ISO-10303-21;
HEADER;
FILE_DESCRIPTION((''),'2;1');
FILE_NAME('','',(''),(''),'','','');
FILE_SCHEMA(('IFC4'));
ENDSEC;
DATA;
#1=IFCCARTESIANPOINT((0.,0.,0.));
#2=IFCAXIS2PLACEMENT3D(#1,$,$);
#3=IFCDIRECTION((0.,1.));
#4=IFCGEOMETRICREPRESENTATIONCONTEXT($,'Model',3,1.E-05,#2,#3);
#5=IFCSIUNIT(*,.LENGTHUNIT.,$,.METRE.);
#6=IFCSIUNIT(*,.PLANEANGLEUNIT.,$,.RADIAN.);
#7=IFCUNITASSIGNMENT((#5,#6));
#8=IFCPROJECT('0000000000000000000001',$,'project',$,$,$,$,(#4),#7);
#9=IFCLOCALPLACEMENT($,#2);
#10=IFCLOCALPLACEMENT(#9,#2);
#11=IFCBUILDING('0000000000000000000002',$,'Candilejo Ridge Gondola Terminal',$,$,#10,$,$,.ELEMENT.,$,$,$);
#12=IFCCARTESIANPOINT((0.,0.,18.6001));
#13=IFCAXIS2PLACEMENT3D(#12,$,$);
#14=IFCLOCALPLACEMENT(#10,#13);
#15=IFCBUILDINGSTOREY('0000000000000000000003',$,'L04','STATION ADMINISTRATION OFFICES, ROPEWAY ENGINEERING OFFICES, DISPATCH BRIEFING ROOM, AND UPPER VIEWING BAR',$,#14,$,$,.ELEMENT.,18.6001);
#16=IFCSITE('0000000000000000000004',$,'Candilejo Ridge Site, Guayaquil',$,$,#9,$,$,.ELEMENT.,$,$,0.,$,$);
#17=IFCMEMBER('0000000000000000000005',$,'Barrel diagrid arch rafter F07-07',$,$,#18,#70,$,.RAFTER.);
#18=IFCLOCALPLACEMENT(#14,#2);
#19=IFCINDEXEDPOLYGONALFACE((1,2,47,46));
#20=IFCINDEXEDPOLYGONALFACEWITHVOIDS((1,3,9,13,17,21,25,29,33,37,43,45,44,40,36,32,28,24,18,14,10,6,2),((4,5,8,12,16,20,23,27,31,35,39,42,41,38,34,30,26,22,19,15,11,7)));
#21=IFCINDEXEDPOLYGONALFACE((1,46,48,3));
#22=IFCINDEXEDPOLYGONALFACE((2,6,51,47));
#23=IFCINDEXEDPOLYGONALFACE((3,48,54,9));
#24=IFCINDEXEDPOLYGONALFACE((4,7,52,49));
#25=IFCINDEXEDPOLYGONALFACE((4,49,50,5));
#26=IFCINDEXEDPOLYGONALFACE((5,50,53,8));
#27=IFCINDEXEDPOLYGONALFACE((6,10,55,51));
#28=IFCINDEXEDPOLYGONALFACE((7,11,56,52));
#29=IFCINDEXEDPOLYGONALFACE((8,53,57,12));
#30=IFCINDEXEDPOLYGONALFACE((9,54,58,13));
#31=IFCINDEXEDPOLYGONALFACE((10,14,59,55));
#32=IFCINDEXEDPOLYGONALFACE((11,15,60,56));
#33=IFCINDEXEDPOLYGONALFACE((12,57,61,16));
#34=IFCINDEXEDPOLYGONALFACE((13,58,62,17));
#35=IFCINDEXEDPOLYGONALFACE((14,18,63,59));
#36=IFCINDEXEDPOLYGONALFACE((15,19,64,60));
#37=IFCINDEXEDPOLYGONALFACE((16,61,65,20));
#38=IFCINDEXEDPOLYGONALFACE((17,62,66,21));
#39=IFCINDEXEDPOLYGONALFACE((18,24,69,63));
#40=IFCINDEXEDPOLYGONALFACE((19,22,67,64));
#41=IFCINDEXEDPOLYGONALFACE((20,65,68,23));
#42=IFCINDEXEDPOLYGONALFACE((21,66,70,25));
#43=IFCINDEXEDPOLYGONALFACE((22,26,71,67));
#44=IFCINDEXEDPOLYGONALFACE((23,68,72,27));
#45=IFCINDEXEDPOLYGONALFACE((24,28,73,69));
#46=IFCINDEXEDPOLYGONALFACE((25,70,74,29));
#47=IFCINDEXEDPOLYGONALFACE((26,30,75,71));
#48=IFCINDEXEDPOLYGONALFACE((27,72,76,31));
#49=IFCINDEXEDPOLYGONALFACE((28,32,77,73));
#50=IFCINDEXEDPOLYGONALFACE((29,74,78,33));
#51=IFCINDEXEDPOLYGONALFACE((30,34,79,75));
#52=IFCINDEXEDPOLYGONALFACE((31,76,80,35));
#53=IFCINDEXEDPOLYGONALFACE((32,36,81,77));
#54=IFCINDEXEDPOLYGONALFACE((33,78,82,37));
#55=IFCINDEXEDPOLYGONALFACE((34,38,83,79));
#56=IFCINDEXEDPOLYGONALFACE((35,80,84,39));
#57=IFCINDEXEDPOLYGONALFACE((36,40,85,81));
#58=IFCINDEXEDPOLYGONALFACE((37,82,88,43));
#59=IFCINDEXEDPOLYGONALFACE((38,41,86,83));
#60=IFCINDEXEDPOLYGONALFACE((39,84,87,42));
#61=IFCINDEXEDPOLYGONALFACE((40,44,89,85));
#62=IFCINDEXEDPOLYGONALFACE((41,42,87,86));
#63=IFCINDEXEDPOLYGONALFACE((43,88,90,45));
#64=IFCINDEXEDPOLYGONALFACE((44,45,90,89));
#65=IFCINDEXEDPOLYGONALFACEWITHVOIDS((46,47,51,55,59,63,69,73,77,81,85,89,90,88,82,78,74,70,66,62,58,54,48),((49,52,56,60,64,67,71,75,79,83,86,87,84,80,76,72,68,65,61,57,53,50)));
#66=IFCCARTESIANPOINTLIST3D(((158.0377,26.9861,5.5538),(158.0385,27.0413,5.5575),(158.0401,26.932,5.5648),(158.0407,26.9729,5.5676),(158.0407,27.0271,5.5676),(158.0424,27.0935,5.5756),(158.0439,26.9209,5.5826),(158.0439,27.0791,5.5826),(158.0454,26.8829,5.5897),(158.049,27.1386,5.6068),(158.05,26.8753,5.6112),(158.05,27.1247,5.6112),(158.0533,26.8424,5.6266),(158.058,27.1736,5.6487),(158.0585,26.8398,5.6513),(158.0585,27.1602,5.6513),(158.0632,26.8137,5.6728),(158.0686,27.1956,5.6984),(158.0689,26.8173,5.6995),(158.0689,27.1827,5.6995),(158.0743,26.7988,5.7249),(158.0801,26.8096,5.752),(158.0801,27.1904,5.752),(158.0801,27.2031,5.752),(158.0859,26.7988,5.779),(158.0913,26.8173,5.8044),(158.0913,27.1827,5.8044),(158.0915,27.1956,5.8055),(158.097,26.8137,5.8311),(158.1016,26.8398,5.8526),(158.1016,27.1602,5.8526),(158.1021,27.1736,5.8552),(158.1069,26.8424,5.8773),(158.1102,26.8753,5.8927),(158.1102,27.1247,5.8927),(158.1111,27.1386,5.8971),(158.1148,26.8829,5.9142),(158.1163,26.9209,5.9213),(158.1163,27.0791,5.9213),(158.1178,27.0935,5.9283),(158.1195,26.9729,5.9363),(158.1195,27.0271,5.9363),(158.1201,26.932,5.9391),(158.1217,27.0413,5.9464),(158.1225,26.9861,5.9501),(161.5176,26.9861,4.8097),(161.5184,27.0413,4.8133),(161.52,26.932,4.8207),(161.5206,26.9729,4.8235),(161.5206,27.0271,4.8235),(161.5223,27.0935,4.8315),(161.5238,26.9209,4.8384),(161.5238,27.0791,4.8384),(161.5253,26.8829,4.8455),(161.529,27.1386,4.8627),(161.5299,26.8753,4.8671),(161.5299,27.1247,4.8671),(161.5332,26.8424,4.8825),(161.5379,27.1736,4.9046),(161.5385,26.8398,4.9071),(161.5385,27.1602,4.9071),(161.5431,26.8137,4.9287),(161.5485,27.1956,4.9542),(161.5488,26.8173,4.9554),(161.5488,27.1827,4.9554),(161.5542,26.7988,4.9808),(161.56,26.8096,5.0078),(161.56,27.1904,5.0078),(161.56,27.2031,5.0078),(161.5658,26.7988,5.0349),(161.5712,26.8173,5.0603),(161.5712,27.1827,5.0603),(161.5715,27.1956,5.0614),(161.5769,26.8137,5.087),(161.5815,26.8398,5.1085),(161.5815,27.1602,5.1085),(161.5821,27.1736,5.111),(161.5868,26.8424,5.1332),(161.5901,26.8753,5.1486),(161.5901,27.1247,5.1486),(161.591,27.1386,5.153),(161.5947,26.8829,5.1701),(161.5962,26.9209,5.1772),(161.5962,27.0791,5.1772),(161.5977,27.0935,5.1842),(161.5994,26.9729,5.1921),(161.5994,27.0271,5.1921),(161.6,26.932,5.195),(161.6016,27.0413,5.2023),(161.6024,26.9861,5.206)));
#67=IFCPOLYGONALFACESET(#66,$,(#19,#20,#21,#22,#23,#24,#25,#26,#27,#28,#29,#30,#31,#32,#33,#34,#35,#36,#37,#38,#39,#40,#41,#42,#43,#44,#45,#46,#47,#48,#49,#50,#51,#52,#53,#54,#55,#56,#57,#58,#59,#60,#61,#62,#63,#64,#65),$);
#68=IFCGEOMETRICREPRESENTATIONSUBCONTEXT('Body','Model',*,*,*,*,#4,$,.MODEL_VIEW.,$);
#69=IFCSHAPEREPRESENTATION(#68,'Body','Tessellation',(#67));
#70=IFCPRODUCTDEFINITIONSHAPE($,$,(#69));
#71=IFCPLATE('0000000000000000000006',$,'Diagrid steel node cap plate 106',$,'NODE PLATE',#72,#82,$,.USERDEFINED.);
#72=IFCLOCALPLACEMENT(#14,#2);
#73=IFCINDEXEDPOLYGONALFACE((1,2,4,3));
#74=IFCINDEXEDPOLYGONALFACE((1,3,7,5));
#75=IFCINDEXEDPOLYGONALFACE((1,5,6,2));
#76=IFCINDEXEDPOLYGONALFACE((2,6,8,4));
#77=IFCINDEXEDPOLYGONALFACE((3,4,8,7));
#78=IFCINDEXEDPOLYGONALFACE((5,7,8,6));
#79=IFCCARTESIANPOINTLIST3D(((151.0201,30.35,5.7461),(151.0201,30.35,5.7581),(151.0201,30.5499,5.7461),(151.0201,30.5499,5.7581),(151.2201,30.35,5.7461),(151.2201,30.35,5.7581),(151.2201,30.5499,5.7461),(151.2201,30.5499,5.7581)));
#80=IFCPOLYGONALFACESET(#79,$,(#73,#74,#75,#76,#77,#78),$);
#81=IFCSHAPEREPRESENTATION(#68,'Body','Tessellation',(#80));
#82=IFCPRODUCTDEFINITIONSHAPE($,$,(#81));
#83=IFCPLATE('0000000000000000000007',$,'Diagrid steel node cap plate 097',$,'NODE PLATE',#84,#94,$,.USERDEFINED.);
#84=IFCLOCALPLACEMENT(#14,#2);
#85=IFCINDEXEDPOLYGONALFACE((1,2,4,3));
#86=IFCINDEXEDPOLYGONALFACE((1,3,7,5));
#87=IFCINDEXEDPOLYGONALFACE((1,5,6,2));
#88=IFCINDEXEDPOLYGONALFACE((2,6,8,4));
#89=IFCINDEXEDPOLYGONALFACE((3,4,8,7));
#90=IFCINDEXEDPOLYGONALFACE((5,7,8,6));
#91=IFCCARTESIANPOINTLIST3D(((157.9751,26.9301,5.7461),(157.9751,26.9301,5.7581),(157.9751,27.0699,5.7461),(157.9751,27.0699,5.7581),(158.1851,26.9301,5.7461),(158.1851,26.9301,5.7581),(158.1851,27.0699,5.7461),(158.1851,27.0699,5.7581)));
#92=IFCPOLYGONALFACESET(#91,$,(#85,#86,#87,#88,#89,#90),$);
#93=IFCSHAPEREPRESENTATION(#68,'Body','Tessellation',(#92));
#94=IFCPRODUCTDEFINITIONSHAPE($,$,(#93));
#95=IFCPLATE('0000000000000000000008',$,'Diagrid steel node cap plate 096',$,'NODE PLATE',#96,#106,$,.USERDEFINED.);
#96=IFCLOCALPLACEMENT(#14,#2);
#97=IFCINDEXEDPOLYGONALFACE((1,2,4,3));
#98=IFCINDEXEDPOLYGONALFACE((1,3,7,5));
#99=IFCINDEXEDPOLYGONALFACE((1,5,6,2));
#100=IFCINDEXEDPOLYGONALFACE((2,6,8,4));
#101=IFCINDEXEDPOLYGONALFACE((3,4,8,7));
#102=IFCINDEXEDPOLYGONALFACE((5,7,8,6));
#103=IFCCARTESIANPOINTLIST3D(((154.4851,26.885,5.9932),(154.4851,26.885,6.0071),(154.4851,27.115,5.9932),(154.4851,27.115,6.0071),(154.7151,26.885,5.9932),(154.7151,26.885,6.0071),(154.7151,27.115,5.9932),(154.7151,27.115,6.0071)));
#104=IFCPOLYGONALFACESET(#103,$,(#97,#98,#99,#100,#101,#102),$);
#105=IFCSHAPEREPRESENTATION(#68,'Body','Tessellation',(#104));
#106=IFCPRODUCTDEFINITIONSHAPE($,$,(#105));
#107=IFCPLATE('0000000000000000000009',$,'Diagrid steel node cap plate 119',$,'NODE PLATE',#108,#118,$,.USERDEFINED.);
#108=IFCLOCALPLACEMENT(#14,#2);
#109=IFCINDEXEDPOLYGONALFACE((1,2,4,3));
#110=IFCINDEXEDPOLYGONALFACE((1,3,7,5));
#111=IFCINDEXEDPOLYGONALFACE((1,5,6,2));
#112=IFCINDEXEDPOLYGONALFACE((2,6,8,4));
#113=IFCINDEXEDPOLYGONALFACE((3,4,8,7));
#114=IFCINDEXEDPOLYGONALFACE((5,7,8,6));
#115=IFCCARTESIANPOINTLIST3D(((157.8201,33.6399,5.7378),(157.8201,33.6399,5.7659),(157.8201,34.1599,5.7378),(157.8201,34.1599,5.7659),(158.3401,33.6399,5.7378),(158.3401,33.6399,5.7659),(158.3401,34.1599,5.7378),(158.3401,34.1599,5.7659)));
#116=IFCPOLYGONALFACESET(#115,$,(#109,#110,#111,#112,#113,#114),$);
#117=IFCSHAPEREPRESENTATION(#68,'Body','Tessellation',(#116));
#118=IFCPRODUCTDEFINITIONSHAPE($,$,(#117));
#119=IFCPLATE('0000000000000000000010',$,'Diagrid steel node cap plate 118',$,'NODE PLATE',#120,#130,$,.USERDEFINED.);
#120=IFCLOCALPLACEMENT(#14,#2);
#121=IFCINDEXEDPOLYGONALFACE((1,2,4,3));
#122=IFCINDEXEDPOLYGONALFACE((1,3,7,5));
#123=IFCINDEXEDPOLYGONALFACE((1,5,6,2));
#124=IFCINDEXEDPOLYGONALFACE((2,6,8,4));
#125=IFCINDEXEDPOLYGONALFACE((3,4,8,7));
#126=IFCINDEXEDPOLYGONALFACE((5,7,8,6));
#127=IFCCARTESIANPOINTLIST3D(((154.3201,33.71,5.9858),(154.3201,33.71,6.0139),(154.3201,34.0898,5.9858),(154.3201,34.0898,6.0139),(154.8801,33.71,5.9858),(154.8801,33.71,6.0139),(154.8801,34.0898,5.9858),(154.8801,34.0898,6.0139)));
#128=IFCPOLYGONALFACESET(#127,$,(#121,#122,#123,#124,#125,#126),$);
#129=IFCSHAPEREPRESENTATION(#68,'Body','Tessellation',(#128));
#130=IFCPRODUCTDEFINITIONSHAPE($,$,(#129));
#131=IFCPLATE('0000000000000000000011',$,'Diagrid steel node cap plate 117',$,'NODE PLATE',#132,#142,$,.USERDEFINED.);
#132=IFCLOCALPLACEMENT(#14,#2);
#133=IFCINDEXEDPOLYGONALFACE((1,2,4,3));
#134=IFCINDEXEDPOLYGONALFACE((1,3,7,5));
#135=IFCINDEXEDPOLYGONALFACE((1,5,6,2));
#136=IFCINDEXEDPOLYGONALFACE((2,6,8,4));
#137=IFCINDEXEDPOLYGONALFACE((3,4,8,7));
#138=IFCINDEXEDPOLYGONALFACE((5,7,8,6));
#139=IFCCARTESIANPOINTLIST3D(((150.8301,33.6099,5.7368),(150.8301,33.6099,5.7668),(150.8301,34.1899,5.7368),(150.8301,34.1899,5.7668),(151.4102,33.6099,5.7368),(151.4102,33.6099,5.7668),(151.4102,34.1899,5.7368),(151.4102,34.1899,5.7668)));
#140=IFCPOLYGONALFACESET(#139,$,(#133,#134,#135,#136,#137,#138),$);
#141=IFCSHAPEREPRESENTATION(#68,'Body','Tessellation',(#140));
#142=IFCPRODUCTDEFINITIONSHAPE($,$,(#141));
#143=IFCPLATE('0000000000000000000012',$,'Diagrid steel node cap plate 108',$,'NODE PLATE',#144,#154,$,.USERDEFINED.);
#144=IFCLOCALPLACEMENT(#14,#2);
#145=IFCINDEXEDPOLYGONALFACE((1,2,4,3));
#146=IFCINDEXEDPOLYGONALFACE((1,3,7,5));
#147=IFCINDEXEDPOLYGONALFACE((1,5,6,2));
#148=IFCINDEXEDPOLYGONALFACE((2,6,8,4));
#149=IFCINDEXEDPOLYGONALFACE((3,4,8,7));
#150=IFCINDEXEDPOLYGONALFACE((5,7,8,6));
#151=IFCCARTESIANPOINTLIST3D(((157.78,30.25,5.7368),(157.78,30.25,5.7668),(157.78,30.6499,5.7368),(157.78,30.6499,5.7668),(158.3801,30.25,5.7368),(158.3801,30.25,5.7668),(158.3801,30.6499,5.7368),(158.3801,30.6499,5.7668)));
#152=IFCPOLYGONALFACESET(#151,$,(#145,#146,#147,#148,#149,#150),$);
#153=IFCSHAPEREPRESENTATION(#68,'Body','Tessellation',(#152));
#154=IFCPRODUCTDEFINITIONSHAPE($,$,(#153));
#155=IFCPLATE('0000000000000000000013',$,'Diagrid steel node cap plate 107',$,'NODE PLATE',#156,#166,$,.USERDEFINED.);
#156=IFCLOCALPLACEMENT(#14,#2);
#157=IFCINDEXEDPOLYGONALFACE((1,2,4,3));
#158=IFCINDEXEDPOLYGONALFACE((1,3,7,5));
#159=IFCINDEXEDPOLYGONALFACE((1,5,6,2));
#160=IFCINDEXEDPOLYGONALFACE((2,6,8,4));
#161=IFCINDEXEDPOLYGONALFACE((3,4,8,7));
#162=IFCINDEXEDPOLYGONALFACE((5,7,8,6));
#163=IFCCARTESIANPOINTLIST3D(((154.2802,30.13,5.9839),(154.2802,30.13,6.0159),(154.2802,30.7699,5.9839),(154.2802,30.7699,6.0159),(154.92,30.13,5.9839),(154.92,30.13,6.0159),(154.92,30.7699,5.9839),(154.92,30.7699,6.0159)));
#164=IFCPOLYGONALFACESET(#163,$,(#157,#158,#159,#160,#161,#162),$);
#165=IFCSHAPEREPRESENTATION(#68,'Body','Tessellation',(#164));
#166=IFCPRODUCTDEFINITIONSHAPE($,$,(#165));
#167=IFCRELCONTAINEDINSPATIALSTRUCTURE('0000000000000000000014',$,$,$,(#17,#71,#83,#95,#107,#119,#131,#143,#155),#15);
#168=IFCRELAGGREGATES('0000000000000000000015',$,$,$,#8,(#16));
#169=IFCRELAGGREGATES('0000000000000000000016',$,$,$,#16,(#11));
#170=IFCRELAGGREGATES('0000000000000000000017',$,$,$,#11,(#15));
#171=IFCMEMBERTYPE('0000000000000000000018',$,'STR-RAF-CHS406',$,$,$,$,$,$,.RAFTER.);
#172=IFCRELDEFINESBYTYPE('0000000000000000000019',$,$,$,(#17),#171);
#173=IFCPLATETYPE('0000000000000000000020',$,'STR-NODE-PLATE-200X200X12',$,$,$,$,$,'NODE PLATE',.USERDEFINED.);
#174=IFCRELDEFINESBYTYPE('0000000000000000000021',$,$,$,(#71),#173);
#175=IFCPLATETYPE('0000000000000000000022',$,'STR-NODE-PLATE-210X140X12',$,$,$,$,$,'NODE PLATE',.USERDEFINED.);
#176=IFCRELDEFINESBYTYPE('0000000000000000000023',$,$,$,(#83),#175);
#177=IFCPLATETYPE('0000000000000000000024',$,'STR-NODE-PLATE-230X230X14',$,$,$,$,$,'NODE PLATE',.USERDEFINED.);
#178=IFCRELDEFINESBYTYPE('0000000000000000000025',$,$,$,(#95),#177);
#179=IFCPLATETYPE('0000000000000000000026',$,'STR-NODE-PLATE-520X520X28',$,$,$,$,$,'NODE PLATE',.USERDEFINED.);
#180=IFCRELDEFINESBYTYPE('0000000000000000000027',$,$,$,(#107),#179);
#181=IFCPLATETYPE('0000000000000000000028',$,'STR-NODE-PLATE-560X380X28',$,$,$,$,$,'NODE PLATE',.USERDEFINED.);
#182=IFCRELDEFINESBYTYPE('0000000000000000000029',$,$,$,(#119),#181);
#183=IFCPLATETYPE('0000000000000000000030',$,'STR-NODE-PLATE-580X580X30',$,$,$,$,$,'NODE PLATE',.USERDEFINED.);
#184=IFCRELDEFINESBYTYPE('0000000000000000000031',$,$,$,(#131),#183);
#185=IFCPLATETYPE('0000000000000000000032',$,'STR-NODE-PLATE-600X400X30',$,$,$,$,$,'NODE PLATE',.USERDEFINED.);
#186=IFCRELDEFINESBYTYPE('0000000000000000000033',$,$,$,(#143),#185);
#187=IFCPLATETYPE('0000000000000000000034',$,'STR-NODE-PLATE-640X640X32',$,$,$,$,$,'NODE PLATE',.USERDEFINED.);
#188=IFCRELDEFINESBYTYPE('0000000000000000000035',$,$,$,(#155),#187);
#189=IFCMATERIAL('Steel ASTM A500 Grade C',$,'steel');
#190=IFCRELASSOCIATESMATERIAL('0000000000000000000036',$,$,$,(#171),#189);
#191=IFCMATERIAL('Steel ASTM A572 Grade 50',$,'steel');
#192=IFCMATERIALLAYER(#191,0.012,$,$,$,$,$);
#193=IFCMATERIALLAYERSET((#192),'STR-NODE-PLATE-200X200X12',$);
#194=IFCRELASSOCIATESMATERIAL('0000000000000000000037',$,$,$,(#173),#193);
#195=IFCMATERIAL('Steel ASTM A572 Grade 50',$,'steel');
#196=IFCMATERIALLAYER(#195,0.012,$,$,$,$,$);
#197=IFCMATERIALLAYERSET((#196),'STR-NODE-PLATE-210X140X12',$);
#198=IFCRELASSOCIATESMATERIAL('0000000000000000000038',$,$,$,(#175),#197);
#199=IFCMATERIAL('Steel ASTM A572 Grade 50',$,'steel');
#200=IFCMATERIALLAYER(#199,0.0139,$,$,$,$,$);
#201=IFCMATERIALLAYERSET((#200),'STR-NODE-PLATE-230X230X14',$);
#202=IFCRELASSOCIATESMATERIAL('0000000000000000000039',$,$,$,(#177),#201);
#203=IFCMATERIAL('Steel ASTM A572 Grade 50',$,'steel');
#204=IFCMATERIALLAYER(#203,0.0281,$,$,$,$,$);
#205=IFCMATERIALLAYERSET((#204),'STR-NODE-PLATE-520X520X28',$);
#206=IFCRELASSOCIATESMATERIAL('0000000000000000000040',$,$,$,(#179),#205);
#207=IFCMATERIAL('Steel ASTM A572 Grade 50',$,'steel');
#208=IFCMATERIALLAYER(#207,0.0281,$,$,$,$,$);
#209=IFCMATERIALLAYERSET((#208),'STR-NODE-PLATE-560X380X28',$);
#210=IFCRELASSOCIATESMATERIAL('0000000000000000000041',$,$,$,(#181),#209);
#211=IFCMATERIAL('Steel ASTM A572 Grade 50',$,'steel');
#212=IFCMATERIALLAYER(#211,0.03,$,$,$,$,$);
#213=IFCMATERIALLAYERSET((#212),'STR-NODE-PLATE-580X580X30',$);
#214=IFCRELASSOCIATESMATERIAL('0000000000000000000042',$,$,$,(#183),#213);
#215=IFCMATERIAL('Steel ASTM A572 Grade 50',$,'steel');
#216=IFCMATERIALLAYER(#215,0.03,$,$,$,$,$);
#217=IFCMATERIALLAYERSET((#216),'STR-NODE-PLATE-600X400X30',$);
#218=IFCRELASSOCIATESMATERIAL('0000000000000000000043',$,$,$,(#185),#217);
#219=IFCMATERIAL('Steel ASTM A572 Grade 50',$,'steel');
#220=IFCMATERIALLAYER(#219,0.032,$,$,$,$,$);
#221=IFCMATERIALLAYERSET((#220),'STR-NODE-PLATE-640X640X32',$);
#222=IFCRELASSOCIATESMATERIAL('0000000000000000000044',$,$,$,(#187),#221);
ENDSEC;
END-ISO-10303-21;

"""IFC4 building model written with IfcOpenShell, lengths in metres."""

from ifc_helpers import new_model, si_unit, direction, frame, origin, origin_2d, place, context, subcontext, project, spatial, rectangle, hollow_circle, extrude, material, layer, layer_set, material_profile, profile_set, type_object, element, save


model = new_model("IFC4")

# Units and contexts
model_context = context("Model", 3, precision=1e-05, world=origin(), true_north=direction((0.0, 1.0)))
body_context = subcontext(model_context, "Body", "Model", "MODEL_VIEW")
ifc_project = project(units=[si_unit("LENGTHUNIT", "METRE"), si_unit("PLANEANGLEUNIT", "RADIAN")], contexts=[model_context])

# Site, building, storey
site_placement = place(None, origin())
site = spatial("IfcSite", under=ifc_project, at=site_placement, Name="Candilejo Ridge Site, Guayaquil", CompositionType="ELEMENT", RefElevation=0.0)
building_placement = place(site_placement, origin())
building = spatial("IfcBuilding", under=site, at=building_placement, Name="Candilejo Ridge Gondola Terminal", CompositionType="ELEMENT")
storey_placement = place(building_placement, frame((0.0, 0.0, 18.6001)))
storey = spatial("IfcBuildingStorey", under=building, at=storey_placement, Name="L04", Description="STATION ADMINISTRATION OFFICES, ROPEWAY ENGINEERING OFFICES, DISPATCH BRIEFING ROOM, AND UPPER VIEWING BAR", CompositionType="ELEMENT", Elevation=18.6001)

# Member
ifc_material_1 = material(Name="Steel ASTM A500 Grade C", Category="steel")
ifc_material_profile_1 = material_profile(ifc_material_1, hollow_circle(Radius=0.2031, WallThickness=0.0127, at=origin_2d()))
ifc_profile_set_1 = profile_set([ifc_material_profile_1], Name="Steel ASTM A500 Grade C")
member_type_1 = type_object("IfcMemberType", Name="STR-RAF-CHS406", PredefinedType="RAFTER", material=ifc_profile_set_1)
member_1_placement = place(storey_placement, frame((158.0801, 27.0, 5.752), z_axis=(0.977893, 0.0, -0.209107), x_axis=(0.0, 1.0, 0.0)))
element("IfcMember", 1, at=member_1_placement, inside=storey, type_object=member_type_1, Name="Barrel diagrid arch rafter F07-07", PredefinedType="RAFTER", context=body_context, shape_type="SweptSolid", body=[
    extrude(hollow_circle(Radius=0.2031, WallThickness=0.0127, at=origin_2d()), origin(), (0.0, 0.0, 1.0), 3.5586),
])

# Plates
ifc_material_2 = material(Name="Steel ASTM A572 Grade 50", Category="steel")
ifc_layer_1 = layer(ifc_material_2, 0.012)
ifc_layer_set_1 = layer_set([ifc_layer_1], Name="STR-NODE-PLATE-200X200X12")
plate_type_1 = type_object("IfcPlateType", Name="STR-NODE-PLATE-200X200X12", ElementType="NODE PLATE", PredefinedType="USERDEFINED", material=ifc_layer_set_1)
plate_1_placement = place(storey_placement, frame((151.1201, 30.45, 5.7461), z_axis=(0.0, 0.0, 1.0), x_axis=(1.0, 0.0, 0.0)))
element("IfcPlate", 2, at=plate_1_placement, inside=storey, type_object=plate_type_1, Name="Diagrid steel node cap plate 106", ObjectType="NODE PLATE", PredefinedType="USERDEFINED", context=body_context, shape_type="SweptSolid", body=[
    extrude(rectangle(XDim=0.2, YDim=0.2, at=origin_2d()), origin(), (0.0, 0.0, 1.0), 0.012),
])
ifc_material_3 = material(Name="Steel ASTM A572 Grade 50", Category="steel")
ifc_layer_2 = layer(ifc_material_3, 0.012)
ifc_layer_set_2 = layer_set([ifc_layer_2], Name="STR-NODE-PLATE-210X140X12")
plate_type_2 = type_object("IfcPlateType", Name="STR-NODE-PLATE-210X140X12", ElementType="NODE PLATE", PredefinedType="USERDEFINED", material=ifc_layer_set_2)
plate_2_placement = place(storey_placement, frame((158.0801, 27.0, 5.7461), z_axis=(0.0, 0.0, 1.0), x_axis=(1.0, 0.0, 0.0)))
element("IfcPlate", 3, at=plate_2_placement, inside=storey, type_object=plate_type_2, Name="Diagrid steel node cap plate 097", ObjectType="NODE PLATE", PredefinedType="USERDEFINED", context=body_context, shape_type="SweptSolid", body=[
    extrude(rectangle(XDim=0.21, YDim=0.1399, at=origin_2d()), origin(), (0.0, 0.0, 1.0), 0.012),
])
ifc_material_4 = material(Name="Steel ASTM A572 Grade 50", Category="steel")
ifc_layer_3 = layer(ifc_material_4, 0.0139)
ifc_layer_set_3 = layer_set([ifc_layer_3], Name="STR-NODE-PLATE-230X230X14")
plate_type_3 = type_object("IfcPlateType", Name="STR-NODE-PLATE-230X230X14", ElementType="NODE PLATE", PredefinedType="USERDEFINED", material=ifc_layer_set_3)
plate_3_placement = place(storey_placement, frame((154.6001, 27.0, 5.9932), z_axis=(0.0, 0.0, 1.0), x_axis=(1.0, 0.0, 0.0)))
element("IfcPlate", 4, at=plate_3_placement, inside=storey, type_object=plate_type_3, Name="Diagrid steel node cap plate 096", ObjectType="NODE PLATE", PredefinedType="USERDEFINED", context=body_context, shape_type="SweptSolid", body=[
    extrude(rectangle(XDim=0.23, YDim=0.23, at=origin_2d()), origin(), (0.0, 0.0, 1.0), 0.0139),
])
ifc_material_5 = material(Name="Steel ASTM A572 Grade 50", Category="steel")
ifc_layer_4 = layer(ifc_material_5, 0.0281)
ifc_layer_set_4 = layer_set([ifc_layer_4], Name="STR-NODE-PLATE-520X520X28")
plate_type_4 = type_object("IfcPlateType", Name="STR-NODE-PLATE-520X520X28", ElementType="NODE PLATE", PredefinedType="USERDEFINED", material=ifc_layer_set_4)
plate_4_placement = place(storey_placement, frame((158.0801, 33.8999, 5.7378), z_axis=(0.0, 0.0, 1.0), x_axis=(1.0, 0.0, 0.0)))
element("IfcPlate", 5, at=plate_4_placement, inside=storey, type_object=plate_type_4, Name="Diagrid steel node cap plate 119", ObjectType="NODE PLATE", PredefinedType="USERDEFINED", context=body_context, shape_type="SweptSolid", body=[
    extrude(rectangle(XDim=0.52, YDim=0.52, at=origin_2d()), origin(), (0.0, 0.0, 1.0), 0.0281),
])
ifc_material_6 = material(Name="Steel ASTM A572 Grade 50", Category="steel")
ifc_layer_5 = layer(ifc_material_6, 0.0281)
ifc_layer_set_5 = layer_set([ifc_layer_5], Name="STR-NODE-PLATE-560X380X28")
plate_type_5 = type_object("IfcPlateType", Name="STR-NODE-PLATE-560X380X28", ElementType="NODE PLATE", PredefinedType="USERDEFINED", material=ifc_layer_set_5)
plate_5_placement = place(storey_placement, frame((154.6001, 33.8999, 5.9858), z_axis=(0.0, 0.0, 1.0), x_axis=(1.0, 0.0, 0.0)))
element("IfcPlate", 6, at=plate_5_placement, inside=storey, type_object=plate_type_5, Name="Diagrid steel node cap plate 118", ObjectType="NODE PLATE", PredefinedType="USERDEFINED", context=body_context, shape_type="SweptSolid", body=[
    extrude(rectangle(XDim=0.5601, YDim=0.3799, at=origin_2d()), origin(), (0.0, 0.0, 1.0), 0.0281),
])
ifc_material_7 = material(Name="Steel ASTM A572 Grade 50", Category="steel")
ifc_layer_6 = layer(ifc_material_7, 0.03)
ifc_layer_set_6 = layer_set([ifc_layer_6], Name="STR-NODE-PLATE-580X580X30")
plate_type_6 = type_object("IfcPlateType", Name="STR-NODE-PLATE-580X580X30", ElementType="NODE PLATE", PredefinedType="USERDEFINED", material=ifc_layer_set_6)
plate_6_placement = place(storey_placement, frame((151.1201, 33.8999, 5.7368), z_axis=(0.0, 0.0, 1.0), x_axis=(1.0, 0.0, 0.0)))
element("IfcPlate", 7, at=plate_6_placement, inside=storey, type_object=plate_type_6, Name="Diagrid steel node cap plate 117", ObjectType="NODE PLATE", PredefinedType="USERDEFINED", context=body_context, shape_type="SweptSolid", body=[
    extrude(rectangle(XDim=0.5801, YDim=0.5801, at=origin_2d()), origin(), (0.0, 0.0, 1.0), 0.03),
])
ifc_material_8 = material(Name="Steel ASTM A572 Grade 50", Category="steel")
ifc_layer_7 = layer(ifc_material_8, 0.03)
ifc_layer_set_7 = layer_set([ifc_layer_7], Name="STR-NODE-PLATE-600X400X30")
plate_type_7 = type_object("IfcPlateType", Name="STR-NODE-PLATE-600X400X30", ElementType="NODE PLATE", PredefinedType="USERDEFINED", material=ifc_layer_set_7)
plate_7_placement = place(storey_placement, frame((158.0801, 30.45, 5.7368), z_axis=(0.0, 0.0, 1.0), x_axis=(1.0, 0.0, 0.0)))
element("IfcPlate", 8, at=plate_7_placement, inside=storey, type_object=plate_type_7, Name="Diagrid steel node cap plate 108", ObjectType="NODE PLATE", PredefinedType="USERDEFINED", context=body_context, shape_type="SweptSolid", body=[
    extrude(rectangle(XDim=0.6001, YDim=0.3999, at=origin_2d()), origin(), (0.0, 0.0, 1.0), 0.03),
])
ifc_material_9 = material(Name="Steel ASTM A572 Grade 50", Category="steel")
ifc_layer_8 = layer(ifc_material_9, 0.032)
ifc_layer_set_8 = layer_set([ifc_layer_8], Name="STR-NODE-PLATE-640X640X32")
plate_type_8 = type_object("IfcPlateType", Name="STR-NODE-PLATE-640X640X32", ElementType="NODE PLATE", PredefinedType="USERDEFINED", material=ifc_layer_set_8)
plate_8_placement = place(storey_placement, frame((154.6001, 30.45, 5.9839), z_axis=(0.0, 0.0, 1.0), x_axis=(1.0, 0.0, 0.0)))
element("IfcPlate", 9, at=plate_8_placement, inside=storey, type_object=plate_type_8, Name="Diagrid steel node cap plate 107", ObjectType="NODE PLATE", PredefinedType="USERDEFINED", context=body_context, shape_type="SweptSolid", body=[
    extrude(rectangle(XDim=0.6399, YDim=0.6399, at=origin_2d()), origin(), (0.0, 0.0, 1.0), 0.032),
])

save(model, "model.ifc")
